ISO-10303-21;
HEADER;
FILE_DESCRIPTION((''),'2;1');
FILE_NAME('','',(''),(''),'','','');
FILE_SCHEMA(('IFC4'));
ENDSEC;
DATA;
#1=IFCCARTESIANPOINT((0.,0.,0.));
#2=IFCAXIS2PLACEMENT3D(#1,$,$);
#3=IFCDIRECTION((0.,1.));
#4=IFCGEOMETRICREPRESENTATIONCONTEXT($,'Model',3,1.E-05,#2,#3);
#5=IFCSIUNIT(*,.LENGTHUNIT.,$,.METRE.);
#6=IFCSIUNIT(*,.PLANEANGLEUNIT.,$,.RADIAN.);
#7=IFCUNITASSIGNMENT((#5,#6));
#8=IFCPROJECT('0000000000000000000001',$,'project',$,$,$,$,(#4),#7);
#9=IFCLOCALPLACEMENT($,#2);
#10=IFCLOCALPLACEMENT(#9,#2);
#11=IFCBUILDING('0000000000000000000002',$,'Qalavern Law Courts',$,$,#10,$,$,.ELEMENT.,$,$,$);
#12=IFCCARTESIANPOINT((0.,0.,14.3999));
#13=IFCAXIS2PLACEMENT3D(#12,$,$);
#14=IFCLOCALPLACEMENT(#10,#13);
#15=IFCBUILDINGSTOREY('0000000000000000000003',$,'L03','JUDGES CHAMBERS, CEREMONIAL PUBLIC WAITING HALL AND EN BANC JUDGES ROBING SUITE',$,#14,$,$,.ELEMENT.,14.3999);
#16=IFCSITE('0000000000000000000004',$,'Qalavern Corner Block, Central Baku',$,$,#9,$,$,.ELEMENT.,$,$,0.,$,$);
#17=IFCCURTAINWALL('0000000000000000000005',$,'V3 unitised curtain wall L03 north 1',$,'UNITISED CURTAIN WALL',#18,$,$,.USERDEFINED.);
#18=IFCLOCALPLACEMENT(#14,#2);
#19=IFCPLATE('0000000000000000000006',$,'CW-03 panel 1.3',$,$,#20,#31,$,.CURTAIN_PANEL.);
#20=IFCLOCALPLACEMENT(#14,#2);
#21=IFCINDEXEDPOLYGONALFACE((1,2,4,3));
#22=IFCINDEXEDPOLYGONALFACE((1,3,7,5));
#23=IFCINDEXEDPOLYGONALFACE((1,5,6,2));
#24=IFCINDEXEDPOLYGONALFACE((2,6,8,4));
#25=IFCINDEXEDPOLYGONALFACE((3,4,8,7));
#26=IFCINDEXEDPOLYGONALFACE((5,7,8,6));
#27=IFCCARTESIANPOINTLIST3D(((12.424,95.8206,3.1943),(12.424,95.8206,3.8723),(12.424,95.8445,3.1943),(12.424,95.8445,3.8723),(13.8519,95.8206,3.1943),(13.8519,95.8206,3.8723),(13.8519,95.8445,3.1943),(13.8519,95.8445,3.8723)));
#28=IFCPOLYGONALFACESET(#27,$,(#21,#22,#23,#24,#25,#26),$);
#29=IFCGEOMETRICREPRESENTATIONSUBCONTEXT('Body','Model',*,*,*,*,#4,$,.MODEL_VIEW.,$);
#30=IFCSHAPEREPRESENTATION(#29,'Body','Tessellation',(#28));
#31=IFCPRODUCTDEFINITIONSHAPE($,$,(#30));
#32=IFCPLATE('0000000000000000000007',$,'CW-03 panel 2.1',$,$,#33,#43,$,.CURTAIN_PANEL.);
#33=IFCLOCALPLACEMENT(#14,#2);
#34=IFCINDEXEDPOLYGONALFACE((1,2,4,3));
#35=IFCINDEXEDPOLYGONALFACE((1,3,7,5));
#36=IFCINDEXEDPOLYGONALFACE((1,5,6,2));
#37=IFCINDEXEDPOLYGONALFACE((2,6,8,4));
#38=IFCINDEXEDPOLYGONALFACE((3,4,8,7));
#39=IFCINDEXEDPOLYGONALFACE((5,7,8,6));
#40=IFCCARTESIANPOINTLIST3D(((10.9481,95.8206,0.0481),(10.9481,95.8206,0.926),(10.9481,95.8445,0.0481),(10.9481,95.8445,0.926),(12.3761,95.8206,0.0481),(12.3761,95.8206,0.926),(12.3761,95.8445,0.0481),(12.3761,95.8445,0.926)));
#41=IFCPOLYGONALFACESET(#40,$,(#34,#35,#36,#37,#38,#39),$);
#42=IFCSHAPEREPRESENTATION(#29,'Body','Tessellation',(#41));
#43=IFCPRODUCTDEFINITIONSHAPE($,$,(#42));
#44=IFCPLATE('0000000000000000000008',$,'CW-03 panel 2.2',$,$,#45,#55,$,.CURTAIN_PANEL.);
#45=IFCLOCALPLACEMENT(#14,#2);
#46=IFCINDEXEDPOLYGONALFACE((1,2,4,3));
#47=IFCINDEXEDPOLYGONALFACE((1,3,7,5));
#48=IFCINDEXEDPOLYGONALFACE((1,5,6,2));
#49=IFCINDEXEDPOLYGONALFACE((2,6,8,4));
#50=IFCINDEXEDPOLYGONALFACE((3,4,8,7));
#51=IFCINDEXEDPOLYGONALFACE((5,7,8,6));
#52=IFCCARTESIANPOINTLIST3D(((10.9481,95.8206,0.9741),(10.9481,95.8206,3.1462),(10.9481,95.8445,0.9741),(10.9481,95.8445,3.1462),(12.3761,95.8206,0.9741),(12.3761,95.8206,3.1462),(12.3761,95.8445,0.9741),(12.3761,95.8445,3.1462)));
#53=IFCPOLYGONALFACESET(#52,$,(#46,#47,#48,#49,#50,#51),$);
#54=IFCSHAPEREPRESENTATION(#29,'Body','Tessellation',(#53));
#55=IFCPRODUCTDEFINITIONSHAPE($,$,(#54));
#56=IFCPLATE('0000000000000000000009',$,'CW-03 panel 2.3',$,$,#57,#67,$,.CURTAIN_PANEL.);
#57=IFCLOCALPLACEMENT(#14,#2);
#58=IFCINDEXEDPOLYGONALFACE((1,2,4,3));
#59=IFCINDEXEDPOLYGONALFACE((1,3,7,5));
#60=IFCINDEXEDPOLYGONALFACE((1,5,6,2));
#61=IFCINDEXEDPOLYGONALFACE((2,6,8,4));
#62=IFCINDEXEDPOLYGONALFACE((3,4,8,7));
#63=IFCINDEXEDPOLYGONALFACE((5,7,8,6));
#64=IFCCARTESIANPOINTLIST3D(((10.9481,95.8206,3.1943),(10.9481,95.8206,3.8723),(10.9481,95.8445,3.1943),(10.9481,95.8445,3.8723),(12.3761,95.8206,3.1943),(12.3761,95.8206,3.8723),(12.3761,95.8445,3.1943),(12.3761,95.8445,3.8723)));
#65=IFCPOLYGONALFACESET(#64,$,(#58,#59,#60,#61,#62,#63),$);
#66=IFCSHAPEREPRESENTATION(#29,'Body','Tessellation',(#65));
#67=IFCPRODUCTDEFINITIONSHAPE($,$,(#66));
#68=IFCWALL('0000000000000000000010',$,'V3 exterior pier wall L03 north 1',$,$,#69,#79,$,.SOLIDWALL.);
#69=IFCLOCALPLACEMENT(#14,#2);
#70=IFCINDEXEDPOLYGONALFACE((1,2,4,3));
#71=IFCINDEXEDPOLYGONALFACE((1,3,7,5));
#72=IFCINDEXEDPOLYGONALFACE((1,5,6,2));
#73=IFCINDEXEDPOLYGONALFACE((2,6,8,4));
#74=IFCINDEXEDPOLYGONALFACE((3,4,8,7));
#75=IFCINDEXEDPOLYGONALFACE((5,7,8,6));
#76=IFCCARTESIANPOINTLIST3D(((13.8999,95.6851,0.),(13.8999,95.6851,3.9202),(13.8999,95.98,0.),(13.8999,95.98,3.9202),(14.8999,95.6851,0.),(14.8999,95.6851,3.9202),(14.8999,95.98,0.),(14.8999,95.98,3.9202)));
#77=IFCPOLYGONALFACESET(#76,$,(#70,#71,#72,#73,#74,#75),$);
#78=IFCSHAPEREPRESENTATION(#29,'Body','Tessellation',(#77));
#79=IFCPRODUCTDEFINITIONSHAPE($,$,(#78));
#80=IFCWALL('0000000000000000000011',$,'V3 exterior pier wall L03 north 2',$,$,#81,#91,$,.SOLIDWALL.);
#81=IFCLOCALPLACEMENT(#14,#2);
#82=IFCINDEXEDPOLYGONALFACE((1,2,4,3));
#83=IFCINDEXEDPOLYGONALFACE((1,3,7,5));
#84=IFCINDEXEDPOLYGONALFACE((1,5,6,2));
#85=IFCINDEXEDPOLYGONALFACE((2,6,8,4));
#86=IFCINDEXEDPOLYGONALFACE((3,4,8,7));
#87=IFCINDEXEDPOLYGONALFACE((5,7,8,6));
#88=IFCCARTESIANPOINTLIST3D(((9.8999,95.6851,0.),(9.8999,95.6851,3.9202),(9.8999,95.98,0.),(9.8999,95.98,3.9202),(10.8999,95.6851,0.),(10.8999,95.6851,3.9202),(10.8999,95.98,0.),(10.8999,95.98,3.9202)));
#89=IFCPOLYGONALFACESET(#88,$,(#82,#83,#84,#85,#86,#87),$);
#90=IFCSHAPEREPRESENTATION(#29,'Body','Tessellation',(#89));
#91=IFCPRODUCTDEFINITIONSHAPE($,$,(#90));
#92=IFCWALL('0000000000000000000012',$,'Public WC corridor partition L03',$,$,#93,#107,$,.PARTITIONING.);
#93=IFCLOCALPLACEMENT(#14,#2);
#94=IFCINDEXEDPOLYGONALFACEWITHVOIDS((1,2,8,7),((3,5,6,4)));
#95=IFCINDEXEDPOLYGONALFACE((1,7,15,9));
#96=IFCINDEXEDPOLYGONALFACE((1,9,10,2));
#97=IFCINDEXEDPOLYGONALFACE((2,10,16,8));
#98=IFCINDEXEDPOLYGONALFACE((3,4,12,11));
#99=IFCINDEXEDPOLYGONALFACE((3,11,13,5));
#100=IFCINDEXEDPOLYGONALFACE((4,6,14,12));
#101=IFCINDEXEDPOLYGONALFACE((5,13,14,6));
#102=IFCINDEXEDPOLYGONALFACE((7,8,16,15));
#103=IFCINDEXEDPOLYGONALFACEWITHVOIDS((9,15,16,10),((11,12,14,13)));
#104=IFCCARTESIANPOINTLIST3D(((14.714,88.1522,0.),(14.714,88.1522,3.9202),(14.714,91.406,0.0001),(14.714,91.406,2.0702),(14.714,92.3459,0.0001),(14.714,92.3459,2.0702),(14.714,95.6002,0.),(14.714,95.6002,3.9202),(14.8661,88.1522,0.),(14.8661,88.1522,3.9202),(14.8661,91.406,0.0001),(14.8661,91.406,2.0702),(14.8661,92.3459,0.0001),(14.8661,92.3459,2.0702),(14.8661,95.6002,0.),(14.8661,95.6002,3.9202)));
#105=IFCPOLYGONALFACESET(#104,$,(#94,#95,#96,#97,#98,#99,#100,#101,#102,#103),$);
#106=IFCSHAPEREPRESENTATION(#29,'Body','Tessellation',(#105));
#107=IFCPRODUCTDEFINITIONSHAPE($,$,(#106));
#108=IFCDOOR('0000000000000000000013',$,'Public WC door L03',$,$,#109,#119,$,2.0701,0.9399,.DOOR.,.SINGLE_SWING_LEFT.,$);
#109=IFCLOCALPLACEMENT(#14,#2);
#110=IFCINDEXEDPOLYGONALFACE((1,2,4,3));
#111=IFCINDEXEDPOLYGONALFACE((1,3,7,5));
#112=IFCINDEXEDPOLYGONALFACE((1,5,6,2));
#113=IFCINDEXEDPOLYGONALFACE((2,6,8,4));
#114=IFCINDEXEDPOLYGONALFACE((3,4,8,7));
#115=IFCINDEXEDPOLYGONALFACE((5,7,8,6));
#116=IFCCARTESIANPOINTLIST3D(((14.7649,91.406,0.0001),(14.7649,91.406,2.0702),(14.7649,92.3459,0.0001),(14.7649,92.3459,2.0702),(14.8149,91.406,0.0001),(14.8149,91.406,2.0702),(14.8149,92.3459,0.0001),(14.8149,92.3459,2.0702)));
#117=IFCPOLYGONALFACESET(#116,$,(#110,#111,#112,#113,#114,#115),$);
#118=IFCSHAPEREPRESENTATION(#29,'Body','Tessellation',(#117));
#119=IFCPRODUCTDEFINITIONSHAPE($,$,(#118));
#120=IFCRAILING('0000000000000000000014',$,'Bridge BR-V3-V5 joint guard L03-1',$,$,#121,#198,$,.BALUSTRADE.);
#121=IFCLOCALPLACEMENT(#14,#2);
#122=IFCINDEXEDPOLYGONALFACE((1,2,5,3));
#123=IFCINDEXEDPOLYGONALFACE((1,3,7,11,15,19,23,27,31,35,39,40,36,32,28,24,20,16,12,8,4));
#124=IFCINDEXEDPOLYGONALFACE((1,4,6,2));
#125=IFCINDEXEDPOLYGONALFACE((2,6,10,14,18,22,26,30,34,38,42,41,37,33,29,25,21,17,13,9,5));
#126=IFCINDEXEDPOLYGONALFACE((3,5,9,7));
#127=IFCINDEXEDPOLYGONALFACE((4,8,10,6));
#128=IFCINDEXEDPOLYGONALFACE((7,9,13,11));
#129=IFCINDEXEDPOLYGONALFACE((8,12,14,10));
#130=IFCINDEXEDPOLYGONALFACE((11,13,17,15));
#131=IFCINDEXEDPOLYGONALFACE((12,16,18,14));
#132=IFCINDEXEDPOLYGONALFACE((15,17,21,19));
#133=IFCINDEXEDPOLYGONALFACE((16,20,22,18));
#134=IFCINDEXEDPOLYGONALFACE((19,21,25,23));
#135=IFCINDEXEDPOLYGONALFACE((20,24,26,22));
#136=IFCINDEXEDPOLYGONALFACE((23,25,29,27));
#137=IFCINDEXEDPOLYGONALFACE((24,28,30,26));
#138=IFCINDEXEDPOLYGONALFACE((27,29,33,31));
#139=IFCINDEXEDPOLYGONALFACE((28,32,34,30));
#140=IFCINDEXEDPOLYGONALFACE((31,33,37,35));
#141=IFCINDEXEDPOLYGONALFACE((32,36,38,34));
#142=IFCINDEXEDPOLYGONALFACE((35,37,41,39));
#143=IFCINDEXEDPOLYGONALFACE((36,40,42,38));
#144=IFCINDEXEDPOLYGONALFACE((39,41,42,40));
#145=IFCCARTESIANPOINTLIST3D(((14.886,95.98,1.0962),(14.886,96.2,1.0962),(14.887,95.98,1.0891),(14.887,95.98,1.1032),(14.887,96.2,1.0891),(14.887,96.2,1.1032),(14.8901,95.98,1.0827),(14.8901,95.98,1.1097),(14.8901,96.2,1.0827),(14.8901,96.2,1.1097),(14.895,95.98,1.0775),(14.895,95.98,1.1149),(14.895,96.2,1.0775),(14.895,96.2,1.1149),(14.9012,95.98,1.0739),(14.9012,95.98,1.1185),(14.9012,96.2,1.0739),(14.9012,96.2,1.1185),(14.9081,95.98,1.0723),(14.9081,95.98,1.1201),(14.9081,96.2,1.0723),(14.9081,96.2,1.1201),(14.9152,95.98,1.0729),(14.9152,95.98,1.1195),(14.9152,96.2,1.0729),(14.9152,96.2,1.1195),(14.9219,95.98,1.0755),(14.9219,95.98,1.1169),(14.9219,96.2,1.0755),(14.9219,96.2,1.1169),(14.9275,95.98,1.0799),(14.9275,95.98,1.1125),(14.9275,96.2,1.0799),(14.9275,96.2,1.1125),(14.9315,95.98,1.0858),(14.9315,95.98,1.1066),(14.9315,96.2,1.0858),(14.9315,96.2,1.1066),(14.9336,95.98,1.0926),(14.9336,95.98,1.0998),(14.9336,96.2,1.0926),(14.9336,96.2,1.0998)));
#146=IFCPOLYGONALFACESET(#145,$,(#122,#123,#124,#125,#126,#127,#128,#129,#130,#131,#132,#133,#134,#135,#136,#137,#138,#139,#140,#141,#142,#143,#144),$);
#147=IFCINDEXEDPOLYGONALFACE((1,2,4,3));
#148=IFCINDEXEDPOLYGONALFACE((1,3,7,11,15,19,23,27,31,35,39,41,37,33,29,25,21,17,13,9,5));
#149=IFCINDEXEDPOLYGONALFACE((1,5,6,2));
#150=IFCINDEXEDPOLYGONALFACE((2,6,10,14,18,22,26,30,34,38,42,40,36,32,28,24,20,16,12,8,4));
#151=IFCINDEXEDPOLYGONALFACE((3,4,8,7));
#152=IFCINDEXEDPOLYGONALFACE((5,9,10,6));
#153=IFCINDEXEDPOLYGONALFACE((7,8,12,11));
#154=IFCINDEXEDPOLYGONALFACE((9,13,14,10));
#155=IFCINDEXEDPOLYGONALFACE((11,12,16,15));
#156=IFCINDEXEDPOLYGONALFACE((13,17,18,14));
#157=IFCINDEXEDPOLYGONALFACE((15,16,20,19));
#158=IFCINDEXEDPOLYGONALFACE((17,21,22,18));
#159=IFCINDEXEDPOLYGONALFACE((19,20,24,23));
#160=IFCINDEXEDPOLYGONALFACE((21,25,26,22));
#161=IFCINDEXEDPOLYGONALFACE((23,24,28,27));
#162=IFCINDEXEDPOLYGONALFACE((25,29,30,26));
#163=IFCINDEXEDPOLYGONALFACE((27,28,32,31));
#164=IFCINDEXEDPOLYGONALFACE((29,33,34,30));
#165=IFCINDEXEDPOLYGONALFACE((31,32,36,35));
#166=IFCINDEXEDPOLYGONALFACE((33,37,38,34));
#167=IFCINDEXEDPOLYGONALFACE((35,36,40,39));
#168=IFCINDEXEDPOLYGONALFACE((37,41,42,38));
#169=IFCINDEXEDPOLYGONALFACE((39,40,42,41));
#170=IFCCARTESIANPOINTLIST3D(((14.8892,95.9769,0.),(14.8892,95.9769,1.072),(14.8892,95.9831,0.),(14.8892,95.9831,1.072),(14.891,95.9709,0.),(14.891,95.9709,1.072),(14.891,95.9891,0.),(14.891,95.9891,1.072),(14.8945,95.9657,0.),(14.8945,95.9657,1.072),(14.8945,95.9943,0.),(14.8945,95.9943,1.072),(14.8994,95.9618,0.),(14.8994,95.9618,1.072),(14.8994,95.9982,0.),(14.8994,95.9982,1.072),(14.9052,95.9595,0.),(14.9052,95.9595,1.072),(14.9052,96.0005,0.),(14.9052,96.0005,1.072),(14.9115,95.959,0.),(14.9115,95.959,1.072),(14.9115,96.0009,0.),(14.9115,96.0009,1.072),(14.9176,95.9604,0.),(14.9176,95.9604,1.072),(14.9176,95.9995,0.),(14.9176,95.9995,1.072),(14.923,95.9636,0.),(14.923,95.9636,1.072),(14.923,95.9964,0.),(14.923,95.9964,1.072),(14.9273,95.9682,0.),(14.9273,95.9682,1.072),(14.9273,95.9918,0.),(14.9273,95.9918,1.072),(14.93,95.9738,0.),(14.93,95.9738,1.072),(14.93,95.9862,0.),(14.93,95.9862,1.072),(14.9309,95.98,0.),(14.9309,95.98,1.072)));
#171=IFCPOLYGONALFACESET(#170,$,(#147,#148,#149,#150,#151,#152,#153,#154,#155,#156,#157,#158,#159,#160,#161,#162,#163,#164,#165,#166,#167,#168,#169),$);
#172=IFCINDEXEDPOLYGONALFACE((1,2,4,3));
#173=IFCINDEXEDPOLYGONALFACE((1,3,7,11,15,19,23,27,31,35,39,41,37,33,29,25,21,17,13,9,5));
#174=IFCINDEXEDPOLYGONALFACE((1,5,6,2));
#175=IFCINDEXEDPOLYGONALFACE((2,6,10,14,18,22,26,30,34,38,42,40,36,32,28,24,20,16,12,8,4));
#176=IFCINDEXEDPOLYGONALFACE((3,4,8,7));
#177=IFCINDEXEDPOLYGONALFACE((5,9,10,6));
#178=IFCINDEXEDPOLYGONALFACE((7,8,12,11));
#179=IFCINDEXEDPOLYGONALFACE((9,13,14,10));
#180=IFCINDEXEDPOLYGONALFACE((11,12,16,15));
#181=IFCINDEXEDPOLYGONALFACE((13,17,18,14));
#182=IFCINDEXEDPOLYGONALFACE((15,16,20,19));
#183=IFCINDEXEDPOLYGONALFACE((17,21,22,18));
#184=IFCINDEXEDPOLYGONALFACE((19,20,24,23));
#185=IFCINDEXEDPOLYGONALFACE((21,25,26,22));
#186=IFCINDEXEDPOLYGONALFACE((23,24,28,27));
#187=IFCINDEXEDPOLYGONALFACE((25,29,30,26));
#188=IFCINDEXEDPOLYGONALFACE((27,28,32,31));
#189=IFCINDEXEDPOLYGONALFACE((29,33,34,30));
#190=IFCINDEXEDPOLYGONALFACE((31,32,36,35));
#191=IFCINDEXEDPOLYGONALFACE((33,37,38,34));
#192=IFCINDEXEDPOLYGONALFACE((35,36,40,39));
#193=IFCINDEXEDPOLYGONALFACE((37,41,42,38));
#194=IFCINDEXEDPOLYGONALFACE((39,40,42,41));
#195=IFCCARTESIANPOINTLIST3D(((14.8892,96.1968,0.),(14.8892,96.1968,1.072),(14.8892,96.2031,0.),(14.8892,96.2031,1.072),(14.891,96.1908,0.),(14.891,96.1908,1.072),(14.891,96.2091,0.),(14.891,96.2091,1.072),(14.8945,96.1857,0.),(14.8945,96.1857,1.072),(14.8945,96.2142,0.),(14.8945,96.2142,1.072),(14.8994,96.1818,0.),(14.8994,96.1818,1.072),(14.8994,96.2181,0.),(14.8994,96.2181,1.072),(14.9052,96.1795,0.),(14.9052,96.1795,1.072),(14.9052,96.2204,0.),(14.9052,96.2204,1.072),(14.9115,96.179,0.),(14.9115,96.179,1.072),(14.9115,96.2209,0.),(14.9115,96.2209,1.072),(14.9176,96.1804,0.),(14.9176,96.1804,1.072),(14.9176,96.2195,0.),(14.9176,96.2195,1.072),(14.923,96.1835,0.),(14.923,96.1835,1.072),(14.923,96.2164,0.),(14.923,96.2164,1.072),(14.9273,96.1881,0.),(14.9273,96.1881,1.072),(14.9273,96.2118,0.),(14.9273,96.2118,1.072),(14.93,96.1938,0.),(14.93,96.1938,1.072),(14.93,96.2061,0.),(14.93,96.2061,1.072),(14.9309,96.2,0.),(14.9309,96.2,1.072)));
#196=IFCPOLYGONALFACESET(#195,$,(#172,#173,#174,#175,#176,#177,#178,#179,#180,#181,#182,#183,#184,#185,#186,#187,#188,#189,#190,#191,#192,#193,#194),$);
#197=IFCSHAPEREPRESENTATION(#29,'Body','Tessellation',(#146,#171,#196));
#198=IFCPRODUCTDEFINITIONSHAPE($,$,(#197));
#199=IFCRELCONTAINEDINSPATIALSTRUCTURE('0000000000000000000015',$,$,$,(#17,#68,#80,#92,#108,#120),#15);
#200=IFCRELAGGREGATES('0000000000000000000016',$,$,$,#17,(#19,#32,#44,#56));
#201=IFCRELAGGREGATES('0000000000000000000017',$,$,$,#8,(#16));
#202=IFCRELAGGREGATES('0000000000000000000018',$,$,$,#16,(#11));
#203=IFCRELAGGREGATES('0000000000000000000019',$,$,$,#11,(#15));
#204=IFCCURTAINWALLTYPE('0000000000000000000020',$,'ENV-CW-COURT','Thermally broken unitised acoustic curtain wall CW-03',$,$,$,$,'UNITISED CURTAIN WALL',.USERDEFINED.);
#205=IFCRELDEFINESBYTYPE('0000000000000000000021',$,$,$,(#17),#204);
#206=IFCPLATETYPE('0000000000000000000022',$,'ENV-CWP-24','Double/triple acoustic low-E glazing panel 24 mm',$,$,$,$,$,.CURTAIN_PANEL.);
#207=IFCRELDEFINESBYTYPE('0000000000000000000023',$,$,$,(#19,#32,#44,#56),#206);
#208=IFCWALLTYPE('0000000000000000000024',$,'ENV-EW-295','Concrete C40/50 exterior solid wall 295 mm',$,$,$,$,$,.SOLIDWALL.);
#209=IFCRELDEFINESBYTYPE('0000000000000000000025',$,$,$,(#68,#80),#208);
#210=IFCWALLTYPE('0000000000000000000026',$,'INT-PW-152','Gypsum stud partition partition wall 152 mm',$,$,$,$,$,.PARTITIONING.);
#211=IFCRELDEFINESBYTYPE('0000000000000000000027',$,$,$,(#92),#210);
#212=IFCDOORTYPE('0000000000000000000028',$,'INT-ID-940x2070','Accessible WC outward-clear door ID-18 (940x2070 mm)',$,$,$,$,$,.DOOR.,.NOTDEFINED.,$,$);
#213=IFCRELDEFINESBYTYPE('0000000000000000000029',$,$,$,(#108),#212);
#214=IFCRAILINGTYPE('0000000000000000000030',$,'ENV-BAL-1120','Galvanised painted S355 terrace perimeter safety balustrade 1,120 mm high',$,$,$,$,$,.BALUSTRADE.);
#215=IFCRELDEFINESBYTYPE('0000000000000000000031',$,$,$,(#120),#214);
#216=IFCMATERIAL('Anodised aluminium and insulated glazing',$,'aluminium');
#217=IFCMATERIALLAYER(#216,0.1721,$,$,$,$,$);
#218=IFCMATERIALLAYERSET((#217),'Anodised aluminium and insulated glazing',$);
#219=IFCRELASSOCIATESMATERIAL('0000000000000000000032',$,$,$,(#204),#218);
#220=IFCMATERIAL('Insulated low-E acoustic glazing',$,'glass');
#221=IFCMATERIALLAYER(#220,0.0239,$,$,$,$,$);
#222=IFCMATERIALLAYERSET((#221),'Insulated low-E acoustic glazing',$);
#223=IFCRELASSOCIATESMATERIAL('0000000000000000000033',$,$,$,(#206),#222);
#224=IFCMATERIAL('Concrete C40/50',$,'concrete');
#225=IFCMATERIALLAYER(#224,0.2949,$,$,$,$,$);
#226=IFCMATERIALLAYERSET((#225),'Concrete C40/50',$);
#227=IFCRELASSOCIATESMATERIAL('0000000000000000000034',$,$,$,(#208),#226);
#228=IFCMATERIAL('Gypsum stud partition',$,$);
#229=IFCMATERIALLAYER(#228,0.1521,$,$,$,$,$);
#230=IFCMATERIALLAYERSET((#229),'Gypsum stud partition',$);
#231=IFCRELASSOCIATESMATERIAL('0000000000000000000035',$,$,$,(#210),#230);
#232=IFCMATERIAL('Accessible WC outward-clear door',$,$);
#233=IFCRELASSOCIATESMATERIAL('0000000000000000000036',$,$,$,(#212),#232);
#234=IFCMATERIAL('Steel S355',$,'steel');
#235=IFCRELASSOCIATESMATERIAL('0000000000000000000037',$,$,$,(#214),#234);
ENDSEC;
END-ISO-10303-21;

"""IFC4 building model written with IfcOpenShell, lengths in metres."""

from ifc_helpers import new_model, si_unit, direction, frame, frame_2d, origin, origin_2d, place, context, subcontext, project, spatial, rectangle, circle, extrude, material, layer, layer_set, type_object, element, fill, aggregate, save


model = new_model("IFC4")

# Units and contexts
model_context = context("Model", 3, precision=1e-05, world=origin(), true_north=direction((0.0, 1.0)))
body_context = subcontext(model_context, "Body", "Model", "MODEL_VIEW")
ifc_project = project(units=[si_unit("LENGTHUNIT", "METRE"), si_unit("PLANEANGLEUNIT", "RADIAN")], contexts=[model_context])

# Site, building, storey
site_placement = place(None, origin())
site = spatial("IfcSite", under=ifc_project, at=site_placement, Name="Qalavern Corner Block, Central Baku", CompositionType="ELEMENT", RefElevation=0.0)
building_placement = place(site_placement, origin())
building = spatial("IfcBuilding", under=site, at=building_placement, Name="Qalavern Law Courts", CompositionType="ELEMENT")
storey_placement = place(building_placement, frame((0.0, 0.0, 14.3999)))
storey = spatial("IfcBuildingStorey", under=building, at=storey_placement, Name="L03", Description="JUDGES CHAMBERS, CEREMONIAL PUBLIC WAITING HALL AND EN BANC JUDGES ROBING SUITE", CompositionType="ELEMENT", Elevation=14.3999)

# Shared definitions
ifc_material_1 = material(Name="Anodised aluminium and insulated glazing", Category="aluminium")
ifc_layer_1 = layer(ifc_material_1, 0.1721)
ifc_layer_set_1 = layer_set([ifc_layer_1], Name="Anodised aluminium and insulated glazing")
curtain_wall_type = type_object("IfcCurtainWallType", Name="ENV-CW-COURT", Description="Thermally broken unitised acoustic curtain wall CW-03", ElementType="UNITISED CURTAIN WALL", PredefinedType="USERDEFINED", material=ifc_layer_set_1)

# Curtain wall
curtain_wall_1_placement = place(storey_placement, origin())
curtain_wall_1 = element("IfcCurtainWall", 1, at=curtain_wall_1_placement, inside=storey, type_object=curtain_wall_type, Name="V3 unitised curtain wall L03 north 1", ObjectType="UNITISED CURTAIN WALL", PredefinedType="USERDEFINED")

# Shared definitions
ifc_material_2 = material(Name="Steel S355", Category="steel")
ifc_material_3 = material(Name="Concrete C40/50", Category="concrete")

# Plates
ifc_material_4 = material(Name="Insulated low-E acoustic glazing", Category="glass")
ifc_layer_2 = layer(ifc_material_4, 0.0239)
ifc_layer_set_2 = layer_set([ifc_layer_2], Name="Insulated low-E acoustic glazing")
plate_type = type_object("IfcPlateType", Name="ENV-CWP-24", Description="Double/triple acoustic low-E glazing panel 24 mm", PredefinedType="CURTAIN_PANEL", material=ifc_layer_set_2)
plate_1_placement = place(storey_placement, frame((13.1379, 95.8325, 3.1943), z_axis=(0.0, 0.0, 1.0), x_axis=(-1.0, 0.0, 0.0)))
plate_1 = element("IfcPlate", 2, at=plate_1_placement, type_object=plate_type, Name="CW-03 panel 1.3", PredefinedType="CURTAIN_PANEL", context=body_context, shape_type="SweptSolid", body=[
    extrude(rectangle(XDim=1.428, YDim=0.0239, at=origin_2d()), origin(), (0.0, 0.0, 1.0), 0.678),
])
plate_2_placement = place(storey_placement, frame((11.6621, 95.8325, 0.0481), z_axis=(0.0, 0.0, 1.0), x_axis=(-1.0, 0.0, 0.0)))
plate_2 = element("IfcPlate", 3, at=plate_2_placement, type_object=plate_type, Name="CW-03 panel 2.1", PredefinedType="CURTAIN_PANEL", context=body_context, shape_type="SweptSolid", body=[
    extrude(rectangle(XDim=1.428, YDim=0.0239, at=origin_2d()), origin(), (0.0, 0.0, 1.0), 0.8779),
])
plate_3_placement = place(storey_placement, frame((11.6621, 95.8325, 0.9741), z_axis=(0.0, 0.0, 1.0), x_axis=(-1.0, 0.0, 0.0)))
plate_3 = element("IfcPlate", 4, at=plate_3_placement, type_object=plate_type, Name="CW-03 panel 2.2", PredefinedType="CURTAIN_PANEL", context=body_context, shape_type="SweptSolid", body=[
    extrude(rectangle(XDim=1.428, YDim=0.0239, at=origin_2d()), origin(), (0.0, 0.0, 1.0), 2.1721),
])
plate_4_placement = place(storey_placement, frame((11.6621, 95.8325, 3.1943), z_axis=(0.0, 0.0, 1.0), x_axis=(-1.0, 0.0, 0.0)))
plate_4 = element("IfcPlate", 5, at=plate_4_placement, type_object=plate_type, Name="CW-03 panel 2.3", PredefinedType="CURTAIN_PANEL", context=body_context, shape_type="SweptSolid", body=[
    extrude(rectangle(XDim=1.428, YDim=0.0239, at=origin_2d()), origin(), (0.0, 0.0, 1.0), 0.678),
])
aggregate(curtain_wall_1, [plate_1, plate_2, plate_3, plate_4])

# Walls
ifc_layer_3 = layer(ifc_material_3, 0.2949)
ifc_layer_set_3 = layer_set([ifc_layer_3], Name="Concrete C40/50")
wall_type_1 = type_object("IfcWallType", Name="ENV-EW-295", Description="Concrete C40/50 exterior solid wall 295 mm", PredefinedType="SOLIDWALL", material=ifc_layer_set_3)
for number, where, z_axis, x_axis, name in (
    (6, (14.8999, 95.8325, 0.0), (0.0, 0.0, 1.0), (-1.0, 0.0, 0.0), "V3 exterior pier wall L03 north 1"),
    (7, (10.8999, 95.8325, 0.0), (0.0, 0.0, 1.0), (-1.0, 0.0, 0.0), "V3 exterior pier wall L03 north 2"),
):
    element("IfcWall", number, at=place(storey_placement, frame(where, z_axis=z_axis, x_axis=x_axis)), inside=storey, type_object=wall_type_1, Name=name, PredefinedType="SOLIDWALL", context=body_context, shape_type="SweptSolid", body=[
        extrude(rectangle(XDim=1.0, YDim=0.2949, at=frame_2d((0.5, 0.0))), origin(), (0.0, 0.0, 1.0), 3.9202),
    ])

# Wall, opening, door
ifc_material_5 = material(Name="Gypsum stud partition")
ifc_layer_4 = layer(ifc_material_5, 0.1521)
ifc_layer_set_4 = layer_set([ifc_layer_4], Name="Gypsum stud partition")
wall_type_2 = type_object("IfcWallType", Name="INT-PW-152", Description="Gypsum stud partition partition wall 152 mm", PredefinedType="PARTITIONING", material=ifc_layer_set_4)
wall_placement = place(storey_placement, frame((14.79, 88.1521, 0.0), z_axis=(0.0, 0.0, 1.0), x_axis=(0.0, 1.0, 0.0)))
wall = element("IfcWall", 8, at=wall_placement, inside=storey, type_object=wall_type_2, Name="Public WC corridor partition L03", PredefinedType="PARTITIONING", context=body_context, shape_type="SweptSolid", body=[
    extrude(rectangle(XDim=7.448, YDim=0.1521, at=frame_2d((3.7241, 0.0))), origin(), (0.0, 0.0, 1.0), 3.9202),
])
opening_placement = place(wall_placement, frame((3.2539, 0.0, 0.0)))
opening = element("IfcOpeningElement", 9, at=opening_placement, cuts=wall, PredefinedType="OPENING", context=body_context, shape_type="SweptSolid", body=[
    extrude(rectangle(XDim=0.9399, YDim=2.0701, at=frame_2d((0.47, 1.0352))), frame((0.0, 0.0908, 0.0), z_axis=(0.0, -1.0, 0.0), x_axis=(1.0, 0.0, 0.0)), (0.0, 0.0, 1.0), 0.1819),
])
ifc_material_6 = material(Name="Accessible WC outward-clear door")
door_type = type_object("IfcDoorType", Name="INT-ID-940x2070", Description="Accessible WC outward-clear door ID-18 (940x2070 mm)", OperationType="NOTDEFINED", PredefinedType="DOOR", material=ifc_material_6)
door_placement = place(opening_placement, frame((0.9399, 0.0, 0.0), z_axis=(0.0, 0.0, 1.0), x_axis=(-1.0, 0.0, 0.0)))
door = element("IfcDoor", 10, at=door_placement, inside=storey, type_object=door_type, Name="Public WC door L03", OperationType="SINGLE_SWING_LEFT", OverallHeight=2.0701, OverallWidth=0.9399, PredefinedType="DOOR", context=body_context, shape_type="SweptSolid", body=[
    extrude(rectangle(XDim=0.9399, YDim=2.0701, at=frame_2d((0.47, 1.0352))), frame((0.0, 0.0249, 0.0), z_axis=(0.0, -1.0, 0.0), x_axis=(1.0, 0.0, 0.0)), (0.0, 0.0, 1.0), 0.05),
])
fill(opening, door)

# Railing
railing_type = type_object("IfcRailingType", Name="ENV-BAL-1120", Description="Galvanised painted S355 terrace perimeter safety balustrade 1,120 mm high", PredefinedType="BALUSTRADE", material=ifc_material_2)
for number, where, name in (
    (11, (14.9099, 95.98, 0.0), "Bridge BR-V3-V5 joint guard L03-1"),
):
    element("IfcRailing", number, at=place(storey_placement, frame(where)), inside=storey, type_object=railing_type, Name=name, PredefinedType="BALUSTRADE", context=body_context, shape_type="SweptSolid", body=[
        extrude(circle(Radius=0.0239, at=origin_2d()), frame((0.0, 0.0, 1.0962), z_axis=(0.0, 1.0, 0.0), x_axis=(-1.0, 0.0, 0.0)), (0.0, 0.0, 1.0), 0.22),
        extrude(circle(Radius=0.021, at=origin_2d()), origin(), (0.0, 0.0, 1.0), 1.072),
        extrude(circle(Radius=0.021, at=origin_2d()), frame((0.0, 0.22, 0.0)), (0.0, 0.0, 1.0), 1.072),
    ])

save(model, "model.ifc")
